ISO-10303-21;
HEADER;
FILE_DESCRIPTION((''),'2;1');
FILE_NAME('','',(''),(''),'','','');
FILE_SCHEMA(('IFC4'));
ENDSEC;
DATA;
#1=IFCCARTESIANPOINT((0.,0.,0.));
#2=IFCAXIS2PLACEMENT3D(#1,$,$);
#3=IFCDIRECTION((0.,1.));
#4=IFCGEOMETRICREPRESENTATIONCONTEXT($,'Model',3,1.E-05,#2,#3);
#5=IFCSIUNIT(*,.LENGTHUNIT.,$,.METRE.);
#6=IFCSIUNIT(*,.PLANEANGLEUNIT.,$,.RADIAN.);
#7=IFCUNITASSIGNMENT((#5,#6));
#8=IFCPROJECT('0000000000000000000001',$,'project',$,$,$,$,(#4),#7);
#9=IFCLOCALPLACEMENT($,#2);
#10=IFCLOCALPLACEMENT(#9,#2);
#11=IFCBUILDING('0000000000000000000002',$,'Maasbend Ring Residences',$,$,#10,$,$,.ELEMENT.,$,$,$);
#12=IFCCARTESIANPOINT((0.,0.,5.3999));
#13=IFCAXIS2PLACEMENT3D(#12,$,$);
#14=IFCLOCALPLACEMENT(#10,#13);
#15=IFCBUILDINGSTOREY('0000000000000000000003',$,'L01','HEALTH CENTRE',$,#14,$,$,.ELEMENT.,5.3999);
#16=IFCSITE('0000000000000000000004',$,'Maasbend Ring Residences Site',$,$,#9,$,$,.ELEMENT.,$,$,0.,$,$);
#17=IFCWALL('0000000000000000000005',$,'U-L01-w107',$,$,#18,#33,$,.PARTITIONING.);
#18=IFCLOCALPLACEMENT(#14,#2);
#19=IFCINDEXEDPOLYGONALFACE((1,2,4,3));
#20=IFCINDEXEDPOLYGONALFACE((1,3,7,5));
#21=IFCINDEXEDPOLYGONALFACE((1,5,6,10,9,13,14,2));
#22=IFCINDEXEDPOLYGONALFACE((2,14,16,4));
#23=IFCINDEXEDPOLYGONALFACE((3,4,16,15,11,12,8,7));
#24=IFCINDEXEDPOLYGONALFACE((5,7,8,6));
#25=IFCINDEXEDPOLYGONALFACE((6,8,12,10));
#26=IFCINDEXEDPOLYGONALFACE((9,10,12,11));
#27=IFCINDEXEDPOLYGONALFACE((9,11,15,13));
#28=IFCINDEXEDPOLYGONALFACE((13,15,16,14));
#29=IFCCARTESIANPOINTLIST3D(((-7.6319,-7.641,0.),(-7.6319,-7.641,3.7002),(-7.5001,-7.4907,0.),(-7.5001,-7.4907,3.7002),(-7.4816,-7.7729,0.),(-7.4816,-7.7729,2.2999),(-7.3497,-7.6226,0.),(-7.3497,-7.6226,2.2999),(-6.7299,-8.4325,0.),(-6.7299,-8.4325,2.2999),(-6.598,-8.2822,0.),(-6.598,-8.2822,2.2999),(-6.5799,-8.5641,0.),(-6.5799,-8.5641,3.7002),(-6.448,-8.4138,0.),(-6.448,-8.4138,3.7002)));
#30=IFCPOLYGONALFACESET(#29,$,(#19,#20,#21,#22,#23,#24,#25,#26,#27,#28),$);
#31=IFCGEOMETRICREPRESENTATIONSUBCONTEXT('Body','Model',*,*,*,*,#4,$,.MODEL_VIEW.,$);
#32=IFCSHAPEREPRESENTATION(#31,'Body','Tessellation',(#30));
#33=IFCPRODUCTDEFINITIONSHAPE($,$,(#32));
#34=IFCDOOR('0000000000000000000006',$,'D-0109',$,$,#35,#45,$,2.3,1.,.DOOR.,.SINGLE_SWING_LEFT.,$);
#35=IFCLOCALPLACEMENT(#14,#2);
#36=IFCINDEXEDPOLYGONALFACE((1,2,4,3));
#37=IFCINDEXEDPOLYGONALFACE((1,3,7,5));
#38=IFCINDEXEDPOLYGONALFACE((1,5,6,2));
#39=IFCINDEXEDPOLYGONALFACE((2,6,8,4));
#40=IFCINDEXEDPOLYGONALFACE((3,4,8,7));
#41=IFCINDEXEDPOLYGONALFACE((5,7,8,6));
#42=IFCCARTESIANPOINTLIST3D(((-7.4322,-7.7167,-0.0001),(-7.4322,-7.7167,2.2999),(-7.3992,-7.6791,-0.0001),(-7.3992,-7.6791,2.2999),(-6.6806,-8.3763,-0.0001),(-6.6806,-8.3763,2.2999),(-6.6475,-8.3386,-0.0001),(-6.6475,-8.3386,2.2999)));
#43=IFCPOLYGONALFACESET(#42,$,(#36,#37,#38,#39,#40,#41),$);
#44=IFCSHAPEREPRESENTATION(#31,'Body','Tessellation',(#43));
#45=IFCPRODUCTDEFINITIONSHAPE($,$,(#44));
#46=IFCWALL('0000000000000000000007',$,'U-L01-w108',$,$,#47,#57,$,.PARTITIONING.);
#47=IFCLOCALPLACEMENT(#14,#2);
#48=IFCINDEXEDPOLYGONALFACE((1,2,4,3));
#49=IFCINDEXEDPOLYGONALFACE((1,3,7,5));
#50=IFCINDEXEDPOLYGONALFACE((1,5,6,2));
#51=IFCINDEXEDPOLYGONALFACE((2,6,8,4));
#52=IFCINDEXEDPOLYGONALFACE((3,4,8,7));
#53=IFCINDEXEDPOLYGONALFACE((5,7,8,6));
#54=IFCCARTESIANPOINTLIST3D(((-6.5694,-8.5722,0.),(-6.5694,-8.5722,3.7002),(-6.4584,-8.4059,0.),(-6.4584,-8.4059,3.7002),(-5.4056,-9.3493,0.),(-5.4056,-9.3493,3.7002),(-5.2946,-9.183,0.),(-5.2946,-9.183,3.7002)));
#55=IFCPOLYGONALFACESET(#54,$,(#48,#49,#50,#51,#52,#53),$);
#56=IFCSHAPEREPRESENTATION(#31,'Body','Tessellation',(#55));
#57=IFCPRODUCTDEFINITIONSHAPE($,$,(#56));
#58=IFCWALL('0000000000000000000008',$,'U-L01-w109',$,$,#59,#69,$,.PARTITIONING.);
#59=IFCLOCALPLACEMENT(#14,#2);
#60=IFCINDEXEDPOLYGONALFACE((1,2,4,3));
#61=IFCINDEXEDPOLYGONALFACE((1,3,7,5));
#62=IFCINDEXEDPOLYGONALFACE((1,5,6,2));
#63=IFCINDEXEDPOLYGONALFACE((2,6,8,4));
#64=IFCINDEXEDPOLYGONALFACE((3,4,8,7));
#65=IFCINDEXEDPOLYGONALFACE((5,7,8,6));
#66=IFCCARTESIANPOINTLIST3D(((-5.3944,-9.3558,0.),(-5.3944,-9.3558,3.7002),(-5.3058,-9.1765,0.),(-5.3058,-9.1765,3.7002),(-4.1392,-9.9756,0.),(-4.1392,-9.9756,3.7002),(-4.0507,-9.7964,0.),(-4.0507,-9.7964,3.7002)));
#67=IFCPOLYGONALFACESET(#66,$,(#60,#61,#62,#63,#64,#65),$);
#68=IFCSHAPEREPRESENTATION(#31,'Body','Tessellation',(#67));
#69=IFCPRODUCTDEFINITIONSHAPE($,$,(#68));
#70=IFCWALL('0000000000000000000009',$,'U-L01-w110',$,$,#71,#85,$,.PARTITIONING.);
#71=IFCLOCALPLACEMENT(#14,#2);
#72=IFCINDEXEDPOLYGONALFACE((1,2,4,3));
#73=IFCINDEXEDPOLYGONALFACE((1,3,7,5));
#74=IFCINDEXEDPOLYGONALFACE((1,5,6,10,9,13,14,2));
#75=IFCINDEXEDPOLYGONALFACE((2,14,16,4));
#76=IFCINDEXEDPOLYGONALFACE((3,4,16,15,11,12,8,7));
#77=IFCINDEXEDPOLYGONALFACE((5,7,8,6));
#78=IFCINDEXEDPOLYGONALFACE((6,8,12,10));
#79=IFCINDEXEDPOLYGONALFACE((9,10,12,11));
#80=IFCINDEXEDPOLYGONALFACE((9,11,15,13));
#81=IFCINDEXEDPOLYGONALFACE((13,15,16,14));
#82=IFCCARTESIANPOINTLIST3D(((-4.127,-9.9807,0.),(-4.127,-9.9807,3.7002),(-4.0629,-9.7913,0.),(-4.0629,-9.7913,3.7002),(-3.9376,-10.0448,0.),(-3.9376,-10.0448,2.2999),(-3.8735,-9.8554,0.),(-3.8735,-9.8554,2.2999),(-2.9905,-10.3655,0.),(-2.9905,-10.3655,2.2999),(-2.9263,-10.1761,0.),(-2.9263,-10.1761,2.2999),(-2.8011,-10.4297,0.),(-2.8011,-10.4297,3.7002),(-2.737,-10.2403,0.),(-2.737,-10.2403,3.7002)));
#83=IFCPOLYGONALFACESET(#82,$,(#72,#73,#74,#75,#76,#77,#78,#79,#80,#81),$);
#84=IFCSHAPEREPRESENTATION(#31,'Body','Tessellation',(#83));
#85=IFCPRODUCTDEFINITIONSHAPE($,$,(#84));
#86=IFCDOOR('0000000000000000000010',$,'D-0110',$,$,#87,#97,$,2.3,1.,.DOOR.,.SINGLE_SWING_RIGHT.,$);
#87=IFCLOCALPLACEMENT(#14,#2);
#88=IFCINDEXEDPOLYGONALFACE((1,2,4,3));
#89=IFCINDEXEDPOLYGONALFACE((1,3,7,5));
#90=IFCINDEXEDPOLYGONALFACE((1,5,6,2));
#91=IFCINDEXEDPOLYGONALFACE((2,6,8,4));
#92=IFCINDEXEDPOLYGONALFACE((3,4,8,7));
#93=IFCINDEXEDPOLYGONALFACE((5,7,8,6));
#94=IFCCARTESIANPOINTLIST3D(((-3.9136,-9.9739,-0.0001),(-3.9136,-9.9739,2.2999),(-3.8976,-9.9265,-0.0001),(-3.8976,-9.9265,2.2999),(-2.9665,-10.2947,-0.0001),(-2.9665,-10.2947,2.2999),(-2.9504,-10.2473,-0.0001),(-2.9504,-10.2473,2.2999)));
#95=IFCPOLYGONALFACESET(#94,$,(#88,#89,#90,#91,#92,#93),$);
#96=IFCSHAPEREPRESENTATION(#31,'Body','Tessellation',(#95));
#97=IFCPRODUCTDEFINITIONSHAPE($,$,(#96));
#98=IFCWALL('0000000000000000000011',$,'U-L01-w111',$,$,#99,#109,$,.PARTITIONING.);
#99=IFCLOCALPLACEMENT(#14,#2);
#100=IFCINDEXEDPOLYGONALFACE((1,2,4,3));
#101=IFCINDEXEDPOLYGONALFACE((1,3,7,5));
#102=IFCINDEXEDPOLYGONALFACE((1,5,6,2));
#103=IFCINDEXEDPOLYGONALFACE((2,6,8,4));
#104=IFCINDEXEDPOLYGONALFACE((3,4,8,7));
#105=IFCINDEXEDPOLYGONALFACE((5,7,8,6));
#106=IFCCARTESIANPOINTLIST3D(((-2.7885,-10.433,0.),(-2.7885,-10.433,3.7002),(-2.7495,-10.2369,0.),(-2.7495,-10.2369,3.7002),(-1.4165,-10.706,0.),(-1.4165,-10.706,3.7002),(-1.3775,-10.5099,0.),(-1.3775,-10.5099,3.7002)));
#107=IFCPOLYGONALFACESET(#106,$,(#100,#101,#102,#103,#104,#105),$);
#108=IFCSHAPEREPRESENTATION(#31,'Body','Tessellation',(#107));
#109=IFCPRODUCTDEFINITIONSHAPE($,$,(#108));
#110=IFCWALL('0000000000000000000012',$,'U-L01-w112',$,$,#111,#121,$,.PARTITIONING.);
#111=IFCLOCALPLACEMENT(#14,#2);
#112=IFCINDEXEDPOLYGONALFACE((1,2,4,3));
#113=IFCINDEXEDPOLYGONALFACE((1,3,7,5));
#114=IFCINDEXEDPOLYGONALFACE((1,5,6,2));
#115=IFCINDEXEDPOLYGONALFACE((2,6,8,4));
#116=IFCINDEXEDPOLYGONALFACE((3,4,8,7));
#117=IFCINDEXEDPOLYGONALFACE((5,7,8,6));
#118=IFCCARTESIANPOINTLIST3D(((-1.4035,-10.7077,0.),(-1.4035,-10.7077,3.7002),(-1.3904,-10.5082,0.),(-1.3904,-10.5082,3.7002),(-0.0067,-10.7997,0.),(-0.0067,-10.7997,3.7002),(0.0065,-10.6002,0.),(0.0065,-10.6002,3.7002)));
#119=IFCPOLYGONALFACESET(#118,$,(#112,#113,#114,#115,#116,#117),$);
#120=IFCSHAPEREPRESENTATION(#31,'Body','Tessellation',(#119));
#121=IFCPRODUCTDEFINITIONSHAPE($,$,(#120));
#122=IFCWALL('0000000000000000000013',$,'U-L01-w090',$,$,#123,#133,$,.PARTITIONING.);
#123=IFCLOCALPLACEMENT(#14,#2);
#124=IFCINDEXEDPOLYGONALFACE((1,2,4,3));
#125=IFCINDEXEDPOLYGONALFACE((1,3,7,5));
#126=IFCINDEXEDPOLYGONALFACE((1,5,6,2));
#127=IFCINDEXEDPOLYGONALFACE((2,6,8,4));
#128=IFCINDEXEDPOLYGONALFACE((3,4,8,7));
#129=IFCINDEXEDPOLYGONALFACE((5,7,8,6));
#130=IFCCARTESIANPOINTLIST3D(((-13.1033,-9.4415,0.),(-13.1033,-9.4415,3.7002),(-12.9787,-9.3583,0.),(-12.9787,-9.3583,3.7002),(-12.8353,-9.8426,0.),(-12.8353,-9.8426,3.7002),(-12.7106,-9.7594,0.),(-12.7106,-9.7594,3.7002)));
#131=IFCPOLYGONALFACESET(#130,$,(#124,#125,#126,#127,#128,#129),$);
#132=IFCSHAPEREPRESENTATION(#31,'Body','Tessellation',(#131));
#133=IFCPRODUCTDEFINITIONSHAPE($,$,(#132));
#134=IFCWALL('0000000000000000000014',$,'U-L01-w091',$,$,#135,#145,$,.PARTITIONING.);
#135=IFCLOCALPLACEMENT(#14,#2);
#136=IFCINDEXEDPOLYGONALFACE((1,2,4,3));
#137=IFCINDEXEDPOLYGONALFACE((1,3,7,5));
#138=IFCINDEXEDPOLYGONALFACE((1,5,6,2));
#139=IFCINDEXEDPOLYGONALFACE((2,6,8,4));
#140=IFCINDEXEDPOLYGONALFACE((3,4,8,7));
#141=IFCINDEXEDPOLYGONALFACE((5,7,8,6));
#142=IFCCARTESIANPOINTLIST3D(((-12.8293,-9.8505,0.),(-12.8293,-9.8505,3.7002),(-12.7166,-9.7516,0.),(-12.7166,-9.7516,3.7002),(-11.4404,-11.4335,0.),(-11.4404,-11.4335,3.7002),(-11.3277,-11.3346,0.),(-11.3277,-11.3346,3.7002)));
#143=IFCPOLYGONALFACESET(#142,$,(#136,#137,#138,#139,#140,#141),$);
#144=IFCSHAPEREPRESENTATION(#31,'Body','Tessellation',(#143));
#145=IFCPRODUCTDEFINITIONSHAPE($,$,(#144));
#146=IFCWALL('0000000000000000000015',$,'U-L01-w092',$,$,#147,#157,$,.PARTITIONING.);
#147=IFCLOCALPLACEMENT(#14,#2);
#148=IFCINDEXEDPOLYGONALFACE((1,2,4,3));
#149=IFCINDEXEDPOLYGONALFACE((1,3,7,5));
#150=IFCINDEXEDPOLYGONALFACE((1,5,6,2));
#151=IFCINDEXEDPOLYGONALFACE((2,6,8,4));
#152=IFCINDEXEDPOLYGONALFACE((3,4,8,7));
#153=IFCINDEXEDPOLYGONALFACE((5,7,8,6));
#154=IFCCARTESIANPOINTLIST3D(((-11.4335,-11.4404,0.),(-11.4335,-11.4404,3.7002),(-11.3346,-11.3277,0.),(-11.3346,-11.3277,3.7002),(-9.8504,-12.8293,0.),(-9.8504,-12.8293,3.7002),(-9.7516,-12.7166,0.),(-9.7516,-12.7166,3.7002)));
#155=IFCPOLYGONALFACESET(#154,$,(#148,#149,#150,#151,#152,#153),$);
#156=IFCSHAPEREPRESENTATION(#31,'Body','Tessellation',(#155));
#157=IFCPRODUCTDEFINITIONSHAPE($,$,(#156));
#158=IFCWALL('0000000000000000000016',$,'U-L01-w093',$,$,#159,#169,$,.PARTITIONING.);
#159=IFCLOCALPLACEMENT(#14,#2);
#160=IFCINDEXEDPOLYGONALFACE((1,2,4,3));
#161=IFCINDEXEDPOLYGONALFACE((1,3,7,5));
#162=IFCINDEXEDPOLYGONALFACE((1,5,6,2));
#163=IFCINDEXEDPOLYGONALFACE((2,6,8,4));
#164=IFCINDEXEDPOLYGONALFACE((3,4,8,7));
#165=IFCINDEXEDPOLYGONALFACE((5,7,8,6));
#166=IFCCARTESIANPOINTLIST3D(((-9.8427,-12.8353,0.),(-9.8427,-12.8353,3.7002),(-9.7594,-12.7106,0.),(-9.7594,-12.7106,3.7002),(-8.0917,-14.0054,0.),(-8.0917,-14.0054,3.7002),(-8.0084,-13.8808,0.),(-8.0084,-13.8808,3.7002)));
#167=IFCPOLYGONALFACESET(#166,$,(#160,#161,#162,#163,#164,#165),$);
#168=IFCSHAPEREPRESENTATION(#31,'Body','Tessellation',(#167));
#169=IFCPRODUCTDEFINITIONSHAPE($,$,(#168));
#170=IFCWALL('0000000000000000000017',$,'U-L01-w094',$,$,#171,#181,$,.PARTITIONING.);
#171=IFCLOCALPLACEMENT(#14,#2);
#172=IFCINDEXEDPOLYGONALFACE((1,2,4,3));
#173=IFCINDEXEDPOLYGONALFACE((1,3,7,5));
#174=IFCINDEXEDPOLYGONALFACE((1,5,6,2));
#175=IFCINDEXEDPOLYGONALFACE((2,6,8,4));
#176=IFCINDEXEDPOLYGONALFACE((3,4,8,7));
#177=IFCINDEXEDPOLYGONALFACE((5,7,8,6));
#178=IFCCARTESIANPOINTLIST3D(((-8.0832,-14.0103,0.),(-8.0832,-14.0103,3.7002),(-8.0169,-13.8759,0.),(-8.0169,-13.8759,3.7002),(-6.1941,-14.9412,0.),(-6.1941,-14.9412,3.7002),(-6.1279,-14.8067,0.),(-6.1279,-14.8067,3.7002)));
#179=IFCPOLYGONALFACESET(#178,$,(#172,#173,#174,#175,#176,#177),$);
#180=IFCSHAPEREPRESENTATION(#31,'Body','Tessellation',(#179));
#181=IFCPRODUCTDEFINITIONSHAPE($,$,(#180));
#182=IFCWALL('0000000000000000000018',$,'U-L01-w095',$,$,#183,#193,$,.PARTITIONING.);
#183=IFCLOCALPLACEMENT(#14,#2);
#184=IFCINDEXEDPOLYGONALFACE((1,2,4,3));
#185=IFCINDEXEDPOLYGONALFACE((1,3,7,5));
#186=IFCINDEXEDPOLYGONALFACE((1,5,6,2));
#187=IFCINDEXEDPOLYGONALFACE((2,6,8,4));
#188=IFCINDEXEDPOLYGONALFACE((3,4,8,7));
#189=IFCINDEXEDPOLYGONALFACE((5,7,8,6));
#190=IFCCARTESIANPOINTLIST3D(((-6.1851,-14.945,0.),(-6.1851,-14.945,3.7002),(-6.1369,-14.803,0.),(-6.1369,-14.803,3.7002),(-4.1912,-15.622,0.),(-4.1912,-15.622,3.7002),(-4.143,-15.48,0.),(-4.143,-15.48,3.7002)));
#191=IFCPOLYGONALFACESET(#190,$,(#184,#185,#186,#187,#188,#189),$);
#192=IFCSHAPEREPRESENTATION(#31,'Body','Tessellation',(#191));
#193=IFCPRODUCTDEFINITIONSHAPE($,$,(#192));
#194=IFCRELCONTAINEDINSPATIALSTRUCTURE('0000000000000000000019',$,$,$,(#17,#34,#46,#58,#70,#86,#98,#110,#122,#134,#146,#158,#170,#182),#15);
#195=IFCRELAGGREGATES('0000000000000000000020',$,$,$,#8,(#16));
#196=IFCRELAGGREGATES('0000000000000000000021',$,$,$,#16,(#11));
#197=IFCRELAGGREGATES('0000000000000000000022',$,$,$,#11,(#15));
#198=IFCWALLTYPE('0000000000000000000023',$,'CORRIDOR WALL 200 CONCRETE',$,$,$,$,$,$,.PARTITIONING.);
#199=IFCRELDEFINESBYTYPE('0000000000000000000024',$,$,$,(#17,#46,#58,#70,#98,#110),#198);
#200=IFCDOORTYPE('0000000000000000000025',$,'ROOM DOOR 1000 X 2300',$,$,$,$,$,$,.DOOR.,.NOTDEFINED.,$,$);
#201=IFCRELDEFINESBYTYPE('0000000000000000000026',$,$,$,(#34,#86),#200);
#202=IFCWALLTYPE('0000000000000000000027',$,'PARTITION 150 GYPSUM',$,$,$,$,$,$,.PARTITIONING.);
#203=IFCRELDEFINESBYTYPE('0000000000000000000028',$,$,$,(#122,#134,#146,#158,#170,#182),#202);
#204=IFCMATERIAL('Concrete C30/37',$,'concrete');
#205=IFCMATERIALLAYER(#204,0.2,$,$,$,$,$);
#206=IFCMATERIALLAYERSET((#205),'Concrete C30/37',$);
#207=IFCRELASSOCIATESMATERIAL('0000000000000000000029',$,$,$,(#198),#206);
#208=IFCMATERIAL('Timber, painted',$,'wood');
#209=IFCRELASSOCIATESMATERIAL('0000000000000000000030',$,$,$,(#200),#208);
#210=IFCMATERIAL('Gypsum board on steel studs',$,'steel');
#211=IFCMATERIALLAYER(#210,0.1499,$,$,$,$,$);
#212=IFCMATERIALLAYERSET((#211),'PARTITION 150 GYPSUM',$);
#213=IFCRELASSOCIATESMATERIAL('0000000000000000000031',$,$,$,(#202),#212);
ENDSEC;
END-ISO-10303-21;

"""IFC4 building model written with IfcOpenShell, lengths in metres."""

from ifc_helpers import new_model, si_unit, direction, frame, frame_2d, origin, place, context, subcontext, project, spatial, rectangle, extrude, material, layer, layer_set, type_object, element, fill, save


model = new_model("IFC4")

# Units and contexts
model_context = context("Model", 3, precision=1e-05, world=origin(), true_north=direction((0.0, 1.0)))
body_context = subcontext(model_context, "Body", "Model", "MODEL_VIEW")
ifc_project = project(units=[si_unit("LENGTHUNIT", "METRE"), si_unit("PLANEANGLEUNIT", "RADIAN")], contexts=[model_context])

# Site, building, storey
site_placement = place(None, origin())
site = spatial("IfcSite", under=ifc_project, at=site_placement, Name="Maasbend Ring Residences Site", CompositionType="ELEMENT", RefElevation=0.0)
building_placement = place(site_placement, origin())
building = spatial("IfcBuilding", under=site, at=building_placement, Name="Maasbend Ring Residences", CompositionType="ELEMENT")
storey_placement = place(building_placement, frame((0.0, 0.0, 5.3999)))
storey = spatial("IfcBuildingStorey", under=building, at=storey_placement, Name="L01", Description="HEALTH CENTRE", CompositionType="ELEMENT", Elevation=5.3999)

# Wall, opening, door
ifc_material_1 = material(Name="Concrete C30/37", Category="concrete")
ifc_layer_1 = layer(ifc_material_1, 0.2)
ifc_layer_set_1 = layer_set([ifc_layer_1], Name="Concrete C30/37")
wall_type_1 = type_object("IfcWallType", Name="CORRIDOR WALL 200 CONCRETE", PredefinedType="PARTITIONING", material=ifc_layer_set_1)
ifc_material_2 = material(Name="Timber, painted", Category="wood")
door_type = type_object("IfcDoorType", Name="ROOM DOOR 1000 X 2300", OperationType="NOTDEFINED", PredefinedType="DOOR", material=ifc_material_2)
wall_1_placement = place(storey_placement, frame((-7.5659, -7.5659, 0.0), z_axis=(0.0, 0.0, 1.0), x_axis=(0.751657, -0.659554, 0.0)))
wall_1 = element("IfcWall", 1, at=wall_1_placement, inside=storey, type_object=wall_type_1, Name="U-L01-w107", PredefinedType="PARTITIONING", context=body_context, shape_type="SweptSolid", body=[
    extrude(rectangle(XDim=1.3997, YDim=0.2, at=frame_2d((0.6997, 0.0))), origin(), (0.0, 0.0, 1.0), 3.7002),
])
opening_1_placement = place(wall_1_placement, frame((0.2, 0.0, 0.0)))
opening_1 = element("IfcOpeningElement", 2, at=opening_1_placement, cuts=wall_1, PredefinedType="OPENING", context=body_context, shape_type="SweptSolid", body=[
    extrude(rectangle(XDim=1.0, YDim=2.3, at=frame_2d((0.5, 1.1499))), frame((0.0, 0.1099, 0.0), z_axis=(0.0, -1.0, 0.0), x_axis=(1.0, 0.0, 0.0)), (0.0, 0.0, 1.0), 0.22),
])
door_1_placement = place(opening_1_placement, origin())
door_1 = element("IfcDoor", 3, at=door_1_placement, inside=storey, type_object=door_type, Name="D-0109", OperationType="SINGLE_SWING_LEFT", OverallHeight=2.3, OverallWidth=1.0, PredefinedType="DOOR", context=body_context, shape_type="SweptSolid", body=[
    extrude(rectangle(XDim=1.0, YDim=2.3, at=frame_2d((0.5, 1.1499))), frame((0.0, 0.0249, 0.0), z_axis=(0.0, -1.0, 0.0), x_axis=(1.0, 0.0, 0.0)), (0.0, 0.0, 1.0), 0.05),
])
fill(opening_1, door_1)

# Walls
wall_2_placement = place(storey_placement, frame((-6.5139, -8.489, 0.0), z_axis=(0.0, 0.0, 1.0), x_axis=(0.831647, -0.555304, 0.0)))
element("IfcWall", 4, at=wall_2_placement, inside=storey, type_object=wall_type_1, Name="U-L01-w108", PredefinedType="PARTITIONING", context=body_context, shape_type="SweptSolid", body=[
    extrude(rectangle(XDim=1.3994, YDim=0.2, at=frame_2d((0.6997, 0.0))), origin(), (0.0, 0.0, 1.0), 3.7002),
])
wall_3_placement = place(storey_placement, frame((-5.3501, -9.2661, 0.0), z_axis=(0.0, 0.0, 1.0), x_axis=(0.896614, -0.442813, 0.0)))
element("IfcWall", 5, at=wall_3_placement, inside=storey, type_object=wall_type_1, Name="U-L01-w109", PredefinedType="PARTITIONING", context=body_context, shape_type="SweptSolid", body=[
    extrude(rectangle(XDim=1.3999, YDim=0.2, at=frame_2d((0.7, 0.0))), origin(), (0.0, 0.0, 1.0), 3.7002),
])

# Wall, opening, door
wall_4_placement = place(storey_placement, frame((-4.095, -9.886, 0.0), z_axis=(0.0, 0.0, 1.0), x_axis=(0.947173, -0.320724, 0.0)))
wall_4 = element("IfcWall", 6, at=wall_4_placement, inside=storey, type_object=wall_type_1, Name="U-L01-w110", PredefinedType="PARTITIONING", context=body_context, shape_type="SweptSolid", body=[
    extrude(rectangle(XDim=1.3999, YDim=0.2, at=frame_2d((0.7, 0.0))), origin(), (0.0, 0.0, 1.0), 3.7002),
])
opening_2_placement = place(wall_4_placement, frame((0.2, 0.0, 0.0)))
opening_2 = element("IfcOpeningElement", 7, at=opening_2_placement, cuts=wall_4, PredefinedType="OPENING", context=body_context, shape_type="SweptSolid", body=[
    extrude(rectangle(XDim=1.0, YDim=2.3, at=frame_2d((0.5, 1.1499))), frame((0.0, 0.1099, 0.0), z_axis=(0.0, -1.0, 0.0), x_axis=(1.0, 0.0, 0.0)), (0.0, 0.0, 1.0), 0.22),
])
door_2_placement = place(opening_2_placement, origin())
door_2 = element("IfcDoor", 8, at=door_2_placement, inside=storey, type_object=door_type, Name="D-0110", OperationType="SINGLE_SWING_RIGHT", OverallHeight=2.3, OverallWidth=1.0, PredefinedType="DOOR", context=body_context, shape_type="SweptSolid", body=[
    extrude(rectangle(XDim=1.0, YDim=2.3, at=frame_2d((0.5, 1.1499))), frame((0.0, 0.0249, 0.0), z_axis=(0.0, -1.0, 0.0), x_axis=(1.0, 0.0, 0.0)), (0.0, 0.0, 1.0), 0.05),
])
fill(opening_2, door_2)

# Walls
wall_5_placement = place(storey_placement, frame((-2.769, -10.335, 0.0), z_axis=(0.0, 0.0, 1.0), x_axis=(0.980782, -0.195109, 0.0)))
element("IfcWall", 9, at=wall_5_placement, inside=storey, type_object=wall_type_1, Name="U-L01-w111", PredefinedType="PARTITIONING", context=body_context, shape_type="SweptSolid", body=[
    extrude(rectangle(XDim=1.3989, YDim=0.2, at=frame_2d((0.6995, 0.0))), origin(), (0.0, 0.0, 1.0), 3.7002),
])
wall_6_placement = place(storey_placement, frame((-1.397, -10.6079, 0.0), z_axis=(0.0, 0.0, 1.0), x_axis=(0.997837, -0.065744, 0.0)))
element("IfcWall", 10, at=wall_6_placement, inside=storey, type_object=wall_type_1, Name="U-L01-w112", PredefinedType="PARTITIONING", context=body_context, shape_type="SweptSolid", body=[
    extrude(rectangle(XDim=1.3999, YDim=0.2, at=frame_2d((0.7, 0.0))), origin(), (0.0, 0.0, 1.0), 3.7002),
])
ifc_material_3 = material(Name="Gypsum board on steel studs", Category="steel")
ifc_layer_2 = layer(ifc_material_3, 0.1499)
ifc_layer_set_2 = layer_set([ifc_layer_2], Name="PARTITION 150 GYPSUM")
wall_type_2 = type_object("IfcWallType", Name="PARTITION 150 GYPSUM", PredefinedType="PARTITIONING", material=ifc_layer_set_2)
wall_7_placement = place(storey_placement, frame((-13.041, -9.3999, 0.0), z_axis=(0.0, 0.0, 1.0), x_axis=(0.555634, -0.831427, 0.0)))
element("IfcWall", 11, at=wall_7_placement, inside=storey, type_object=wall_type_2, Name="U-L01-w090", PredefinedType="PARTITIONING", context=body_context, shape_type="SweptSolid", body=[
    extrude(rectangle(XDim=0.4824, YDim=0.1499, at=frame_2d((0.2412, 0.0))), origin(), (0.0, 0.0, 1.0), 3.7002),
])
for number, where, z_axis, x_axis, name in (
    (12, (-12.7729, -9.801, 0.0), (0.0, 0.0, 1.0), (0.659522, -0.751686, 0.0), "U-L01-w091"),
    (13, (-11.384, -11.384, 0.0), (0.0, 0.0, 1.0), (0.751686, -0.659522, 0.0), "U-L01-w092"),
    (14, (-9.801, -12.7729, 0.0), (0.0, 0.0, 1.0), (0.831426, -0.555636, 0.0), "U-L01-w093"),
    (15, (-8.05, -13.9431, 0.0), (0.0, 0.0, 1.0), (0.897009, -0.442013, 0.0), "U-L01-w094"),
):
    element("IfcWall", number, at=place(storey_placement, frame(where, z_axis=z_axis, x_axis=x_axis)), inside=storey, type_object=wall_type_2, Name=name, PredefinedType="PARTITIONING", context=body_context, shape_type="SweptSolid", body=[
        extrude(rectangle(XDim=2.106, YDim=0.1499, at=frame_2d((1.053, 0.0))), origin(), (0.0, 0.0, 1.0), 3.7002),
    ])
wall_8_placement = place(storey_placement, frame((-6.1609, -14.874, 0.0), z_axis=(0.0, 0.0, 1.0), x_axis=(0.946906, -0.32151, 0.0)))
element("IfcWall", 16, at=wall_8_placement, inside=storey, type_object=wall_type_2, Name="U-L01-w095", PredefinedType="PARTITIONING", context=body_context, shape_type="SweptSolid", body=[
    extrude(rectangle(XDim=2.1057, YDim=0.1499, at=frame_2d((1.0527, 0.0))), origin(), (0.0, 0.0, 1.0), 3.7002),
])

save(model, "model.ifc")
